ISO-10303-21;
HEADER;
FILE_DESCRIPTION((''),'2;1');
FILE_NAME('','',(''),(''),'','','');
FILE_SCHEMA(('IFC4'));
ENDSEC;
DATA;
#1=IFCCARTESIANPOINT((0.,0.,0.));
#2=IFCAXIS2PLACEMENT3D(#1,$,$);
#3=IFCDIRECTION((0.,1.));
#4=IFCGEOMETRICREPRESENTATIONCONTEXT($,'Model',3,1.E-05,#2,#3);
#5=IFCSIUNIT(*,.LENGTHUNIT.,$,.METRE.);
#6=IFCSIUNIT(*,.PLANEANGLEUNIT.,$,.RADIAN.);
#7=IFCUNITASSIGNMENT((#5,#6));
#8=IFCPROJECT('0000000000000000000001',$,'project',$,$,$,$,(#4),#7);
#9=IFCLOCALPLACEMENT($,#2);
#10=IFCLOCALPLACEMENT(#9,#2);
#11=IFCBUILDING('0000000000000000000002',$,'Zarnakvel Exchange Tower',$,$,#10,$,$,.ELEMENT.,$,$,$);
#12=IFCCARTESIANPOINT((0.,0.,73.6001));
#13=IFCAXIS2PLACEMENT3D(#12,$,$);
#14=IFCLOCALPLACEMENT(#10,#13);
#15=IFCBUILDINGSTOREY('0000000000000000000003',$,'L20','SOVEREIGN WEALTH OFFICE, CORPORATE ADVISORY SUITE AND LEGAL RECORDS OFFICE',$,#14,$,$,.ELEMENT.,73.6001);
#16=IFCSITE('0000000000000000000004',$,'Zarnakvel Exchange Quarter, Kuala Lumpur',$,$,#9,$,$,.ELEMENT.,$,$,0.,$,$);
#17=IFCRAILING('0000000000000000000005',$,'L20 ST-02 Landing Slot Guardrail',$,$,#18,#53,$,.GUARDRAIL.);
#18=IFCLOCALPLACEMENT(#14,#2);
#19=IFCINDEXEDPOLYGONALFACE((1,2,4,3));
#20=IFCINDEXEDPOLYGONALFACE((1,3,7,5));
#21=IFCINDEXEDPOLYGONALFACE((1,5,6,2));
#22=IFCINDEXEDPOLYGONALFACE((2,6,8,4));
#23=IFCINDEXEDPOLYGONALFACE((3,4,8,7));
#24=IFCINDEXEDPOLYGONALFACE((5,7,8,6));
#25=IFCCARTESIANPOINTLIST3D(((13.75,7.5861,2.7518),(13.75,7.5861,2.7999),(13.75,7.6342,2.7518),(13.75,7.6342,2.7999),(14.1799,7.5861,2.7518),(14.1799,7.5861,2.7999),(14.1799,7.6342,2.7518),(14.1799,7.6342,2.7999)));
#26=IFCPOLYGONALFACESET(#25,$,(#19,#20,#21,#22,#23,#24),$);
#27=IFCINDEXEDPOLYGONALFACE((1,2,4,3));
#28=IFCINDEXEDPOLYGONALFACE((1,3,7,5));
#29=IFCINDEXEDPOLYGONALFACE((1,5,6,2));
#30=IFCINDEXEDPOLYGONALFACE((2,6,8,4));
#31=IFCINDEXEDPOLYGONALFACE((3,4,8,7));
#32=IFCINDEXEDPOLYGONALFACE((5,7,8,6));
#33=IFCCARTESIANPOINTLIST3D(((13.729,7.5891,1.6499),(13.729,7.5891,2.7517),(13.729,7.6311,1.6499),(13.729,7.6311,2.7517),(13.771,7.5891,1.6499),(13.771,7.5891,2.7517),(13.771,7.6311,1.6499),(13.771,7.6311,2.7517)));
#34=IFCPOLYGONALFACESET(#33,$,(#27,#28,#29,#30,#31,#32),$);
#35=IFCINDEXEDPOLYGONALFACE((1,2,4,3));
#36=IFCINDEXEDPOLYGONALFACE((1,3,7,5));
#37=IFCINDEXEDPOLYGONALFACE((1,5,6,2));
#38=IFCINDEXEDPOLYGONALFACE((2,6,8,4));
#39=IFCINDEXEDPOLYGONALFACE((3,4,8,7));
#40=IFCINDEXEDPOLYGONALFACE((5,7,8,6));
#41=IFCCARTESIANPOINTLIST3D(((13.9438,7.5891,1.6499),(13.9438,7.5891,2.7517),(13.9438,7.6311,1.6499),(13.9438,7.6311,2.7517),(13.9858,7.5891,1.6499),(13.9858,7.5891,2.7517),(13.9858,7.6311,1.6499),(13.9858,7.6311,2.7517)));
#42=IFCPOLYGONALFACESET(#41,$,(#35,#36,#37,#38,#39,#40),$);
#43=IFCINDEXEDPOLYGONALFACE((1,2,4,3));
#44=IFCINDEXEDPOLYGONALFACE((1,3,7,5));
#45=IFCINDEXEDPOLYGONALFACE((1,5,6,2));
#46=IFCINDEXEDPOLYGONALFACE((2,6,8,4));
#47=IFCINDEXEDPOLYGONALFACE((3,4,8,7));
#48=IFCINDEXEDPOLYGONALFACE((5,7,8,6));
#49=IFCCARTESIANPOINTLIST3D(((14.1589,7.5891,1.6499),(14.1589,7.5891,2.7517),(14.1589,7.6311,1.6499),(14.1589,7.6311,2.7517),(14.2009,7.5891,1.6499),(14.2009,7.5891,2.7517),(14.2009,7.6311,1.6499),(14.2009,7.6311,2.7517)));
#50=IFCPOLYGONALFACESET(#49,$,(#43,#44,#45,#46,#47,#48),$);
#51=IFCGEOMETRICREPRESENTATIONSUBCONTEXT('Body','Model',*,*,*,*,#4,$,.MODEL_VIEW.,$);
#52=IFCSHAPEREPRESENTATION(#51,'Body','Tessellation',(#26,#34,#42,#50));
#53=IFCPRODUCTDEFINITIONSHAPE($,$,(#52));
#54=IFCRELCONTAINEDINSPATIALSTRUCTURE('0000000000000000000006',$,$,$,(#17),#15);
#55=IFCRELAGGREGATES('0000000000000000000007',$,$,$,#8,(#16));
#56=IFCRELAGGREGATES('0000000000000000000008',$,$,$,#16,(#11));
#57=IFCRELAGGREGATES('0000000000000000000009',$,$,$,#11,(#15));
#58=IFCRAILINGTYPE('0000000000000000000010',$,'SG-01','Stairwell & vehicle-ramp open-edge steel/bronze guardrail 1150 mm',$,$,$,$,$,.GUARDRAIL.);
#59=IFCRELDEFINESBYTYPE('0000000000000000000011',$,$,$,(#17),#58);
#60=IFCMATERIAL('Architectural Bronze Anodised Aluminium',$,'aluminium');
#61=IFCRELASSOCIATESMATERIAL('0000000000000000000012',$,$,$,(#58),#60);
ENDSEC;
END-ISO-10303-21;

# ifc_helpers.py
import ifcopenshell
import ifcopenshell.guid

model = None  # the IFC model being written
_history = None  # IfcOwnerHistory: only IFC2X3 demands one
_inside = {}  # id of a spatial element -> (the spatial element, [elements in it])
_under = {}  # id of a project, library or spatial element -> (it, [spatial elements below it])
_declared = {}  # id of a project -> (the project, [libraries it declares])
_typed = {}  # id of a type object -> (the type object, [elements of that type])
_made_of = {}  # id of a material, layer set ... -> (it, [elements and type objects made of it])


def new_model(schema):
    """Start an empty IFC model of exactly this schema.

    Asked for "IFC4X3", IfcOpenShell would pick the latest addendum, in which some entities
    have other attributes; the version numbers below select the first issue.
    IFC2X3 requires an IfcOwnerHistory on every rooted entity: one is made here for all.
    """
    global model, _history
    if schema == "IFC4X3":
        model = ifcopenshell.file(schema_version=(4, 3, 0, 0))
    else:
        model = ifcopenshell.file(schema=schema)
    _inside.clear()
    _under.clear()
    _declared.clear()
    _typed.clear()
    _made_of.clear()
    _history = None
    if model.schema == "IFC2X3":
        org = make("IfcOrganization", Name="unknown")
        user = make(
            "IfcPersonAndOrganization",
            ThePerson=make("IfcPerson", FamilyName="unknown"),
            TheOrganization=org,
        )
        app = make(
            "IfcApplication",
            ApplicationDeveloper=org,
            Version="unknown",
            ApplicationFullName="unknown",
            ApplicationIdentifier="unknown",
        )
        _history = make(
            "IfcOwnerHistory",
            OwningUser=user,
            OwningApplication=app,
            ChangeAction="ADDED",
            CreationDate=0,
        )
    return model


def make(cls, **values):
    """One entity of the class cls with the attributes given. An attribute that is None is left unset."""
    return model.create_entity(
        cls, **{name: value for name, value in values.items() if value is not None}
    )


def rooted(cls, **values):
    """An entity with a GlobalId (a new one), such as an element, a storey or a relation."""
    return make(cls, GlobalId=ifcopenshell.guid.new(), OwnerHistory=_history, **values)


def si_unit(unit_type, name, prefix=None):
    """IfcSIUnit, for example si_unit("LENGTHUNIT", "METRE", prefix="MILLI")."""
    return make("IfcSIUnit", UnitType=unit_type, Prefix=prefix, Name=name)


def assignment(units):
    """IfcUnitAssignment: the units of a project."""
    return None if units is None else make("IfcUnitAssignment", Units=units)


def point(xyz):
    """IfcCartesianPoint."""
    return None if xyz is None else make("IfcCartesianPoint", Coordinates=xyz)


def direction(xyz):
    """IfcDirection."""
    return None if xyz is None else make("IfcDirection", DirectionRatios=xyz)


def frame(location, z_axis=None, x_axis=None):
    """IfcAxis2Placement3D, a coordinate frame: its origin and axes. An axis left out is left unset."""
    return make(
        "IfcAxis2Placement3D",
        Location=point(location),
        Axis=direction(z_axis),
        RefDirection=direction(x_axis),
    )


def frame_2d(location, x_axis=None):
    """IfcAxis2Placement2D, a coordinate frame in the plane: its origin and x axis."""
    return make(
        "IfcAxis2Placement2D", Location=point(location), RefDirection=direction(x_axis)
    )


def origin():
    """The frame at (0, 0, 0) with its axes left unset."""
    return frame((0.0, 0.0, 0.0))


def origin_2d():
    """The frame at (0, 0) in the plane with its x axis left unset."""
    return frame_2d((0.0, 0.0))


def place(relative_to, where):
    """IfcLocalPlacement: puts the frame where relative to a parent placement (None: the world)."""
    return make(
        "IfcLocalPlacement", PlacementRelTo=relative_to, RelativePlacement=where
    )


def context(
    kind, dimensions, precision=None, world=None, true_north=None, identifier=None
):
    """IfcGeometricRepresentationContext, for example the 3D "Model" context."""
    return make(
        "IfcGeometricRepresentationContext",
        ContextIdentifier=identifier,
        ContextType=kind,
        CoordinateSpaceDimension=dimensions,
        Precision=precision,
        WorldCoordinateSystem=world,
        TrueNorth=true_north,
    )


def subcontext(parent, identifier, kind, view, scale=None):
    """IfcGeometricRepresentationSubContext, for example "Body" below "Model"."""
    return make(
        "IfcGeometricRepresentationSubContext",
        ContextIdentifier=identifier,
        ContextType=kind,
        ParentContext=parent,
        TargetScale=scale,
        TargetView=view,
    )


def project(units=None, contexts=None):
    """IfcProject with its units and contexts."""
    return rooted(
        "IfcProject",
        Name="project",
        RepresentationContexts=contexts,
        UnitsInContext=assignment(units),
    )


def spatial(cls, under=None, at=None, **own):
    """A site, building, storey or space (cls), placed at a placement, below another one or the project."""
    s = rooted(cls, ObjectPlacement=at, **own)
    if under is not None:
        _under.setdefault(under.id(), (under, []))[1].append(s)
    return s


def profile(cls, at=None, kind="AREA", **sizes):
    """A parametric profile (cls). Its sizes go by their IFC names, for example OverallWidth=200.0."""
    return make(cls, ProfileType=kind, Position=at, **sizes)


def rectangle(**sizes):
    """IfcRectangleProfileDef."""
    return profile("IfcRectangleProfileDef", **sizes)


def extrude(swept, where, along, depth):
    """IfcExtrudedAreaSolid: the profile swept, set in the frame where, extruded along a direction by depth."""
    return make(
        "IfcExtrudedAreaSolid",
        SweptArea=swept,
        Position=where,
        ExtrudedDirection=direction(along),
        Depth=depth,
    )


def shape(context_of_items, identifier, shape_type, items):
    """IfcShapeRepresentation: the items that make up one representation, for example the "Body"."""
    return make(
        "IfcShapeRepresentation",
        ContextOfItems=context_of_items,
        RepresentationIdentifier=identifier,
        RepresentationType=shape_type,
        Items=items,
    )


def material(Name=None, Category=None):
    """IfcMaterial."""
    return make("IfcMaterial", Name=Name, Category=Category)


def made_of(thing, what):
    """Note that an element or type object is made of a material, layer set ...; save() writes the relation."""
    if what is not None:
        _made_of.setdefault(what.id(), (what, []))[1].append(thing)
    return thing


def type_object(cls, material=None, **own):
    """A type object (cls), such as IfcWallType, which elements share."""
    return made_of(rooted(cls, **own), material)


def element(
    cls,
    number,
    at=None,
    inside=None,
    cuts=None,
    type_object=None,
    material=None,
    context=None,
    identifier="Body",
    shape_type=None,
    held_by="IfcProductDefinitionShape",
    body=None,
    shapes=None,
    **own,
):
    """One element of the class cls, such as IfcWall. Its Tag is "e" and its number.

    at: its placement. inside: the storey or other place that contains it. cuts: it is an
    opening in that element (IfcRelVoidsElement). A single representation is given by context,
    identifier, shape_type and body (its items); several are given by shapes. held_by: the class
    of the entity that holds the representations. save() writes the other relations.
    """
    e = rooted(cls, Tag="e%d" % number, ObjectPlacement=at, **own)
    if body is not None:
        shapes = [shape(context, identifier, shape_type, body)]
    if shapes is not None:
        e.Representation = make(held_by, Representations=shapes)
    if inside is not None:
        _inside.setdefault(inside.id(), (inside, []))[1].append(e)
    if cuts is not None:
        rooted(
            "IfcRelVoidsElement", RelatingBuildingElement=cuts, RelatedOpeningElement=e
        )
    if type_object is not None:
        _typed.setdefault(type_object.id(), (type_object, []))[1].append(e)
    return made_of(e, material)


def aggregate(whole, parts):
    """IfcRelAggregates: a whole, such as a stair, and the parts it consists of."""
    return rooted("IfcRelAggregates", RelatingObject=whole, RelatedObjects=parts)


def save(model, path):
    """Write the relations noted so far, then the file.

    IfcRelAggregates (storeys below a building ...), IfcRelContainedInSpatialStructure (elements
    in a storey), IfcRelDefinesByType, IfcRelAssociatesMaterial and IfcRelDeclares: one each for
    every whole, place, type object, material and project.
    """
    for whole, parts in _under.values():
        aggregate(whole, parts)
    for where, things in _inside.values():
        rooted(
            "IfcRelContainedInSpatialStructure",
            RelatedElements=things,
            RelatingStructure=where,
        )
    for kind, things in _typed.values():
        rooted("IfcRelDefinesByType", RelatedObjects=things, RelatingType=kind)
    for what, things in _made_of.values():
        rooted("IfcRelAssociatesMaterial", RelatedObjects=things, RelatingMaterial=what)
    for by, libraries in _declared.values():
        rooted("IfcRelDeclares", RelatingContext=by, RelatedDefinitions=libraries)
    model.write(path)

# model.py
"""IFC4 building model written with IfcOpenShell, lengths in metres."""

from ifc_helpers import new_model, si_unit, direction, frame, origin, origin_2d, place, context, subcontext, project, spatial, rectangle, extrude, material, type_object, element, save


model = new_model("IFC4")

# Units and contexts
model_context = context("Model", 3, precision=1e-05, world=origin(), true_north=direction((0.0, 1.0)))
body_context = subcontext(model_context, "Body", "Model", "MODEL_VIEW")
ifc_project = project(units=[si_unit("LENGTHUNIT", "METRE"), si_unit("PLANEANGLEUNIT", "RADIAN")], contexts=[model_context])

# Site, building, storey
site_placement = place(None, origin())
site = spatial("IfcSite", under=ifc_project, at=site_placement, Name="Zarnakvel Exchange Quarter, Kuala Lumpur", CompositionType="ELEMENT", RefElevation=0.0)
building_placement = place(site_placement, origin())
building = spatial("IfcBuilding", under=site, at=building_placement, Name="Zarnakvel Exchange Tower", CompositionType="ELEMENT")
storey_placement = place(building_placement, frame((0.0, 0.0, 73.6001)))
storey = spatial("IfcBuildingStorey", under=building, at=storey_placement, Name="L20", Description="SOVEREIGN WEALTH OFFICE, CORPORATE ADVISORY SUITE AND LEGAL RECORDS OFFICE", CompositionType="ELEMENT", Elevation=73.6001)

# Shared definitions
ifc_material_1 = material(Name="Architectural Bronze Anodised Aluminium", Category="aluminium")

# Railing
railing_type = type_object("IfcRailingType", Name="SG-01", Description="Stairwell & vehicle-ramp open-edge steel/bronze guardrail 1150 mm", PredefinedType="GUARDRAIL", material=ifc_material_1)
railing_placement = place(storey_placement, frame((13.75, 7.6101, 1.6499)))
element("IfcRailing", 1, at=railing_placement, inside=storey, type_object=railing_type, Name="L20 ST-02 Landing Slot Guardrail", PredefinedType="GUARDRAIL", context=body_context, shape_type="SweptSolid", body=[
    extrude(rectangle(XDim=0.0481, YDim=0.0481, at=origin_2d()), frame((0.0, 0.0, 1.126), z_axis=(1.0, 0.0, 0.0), x_axis=(0.0, 1.0, 0.0)), (0.0, 0.0, 1.0), 0.4299),
    extrude(rectangle(XDim=0.042, YDim=0.042, at=origin_2d()), origin(), (0.0, 0.0, 1.0), 1.1018),
    extrude(rectangle(XDim=0.042, YDim=0.042, at=origin_2d()), frame((0.2148, 0.0, 0.0)), (0.0, 0.0, 1.0), 1.1018),
    extrude(rectangle(XDim=0.042, YDim=0.042, at=origin_2d()), frame((0.4299, 0.0, 0.0)), (0.0, 0.0, 1.0), 1.1018),
])

save(model, "model.ifc")
